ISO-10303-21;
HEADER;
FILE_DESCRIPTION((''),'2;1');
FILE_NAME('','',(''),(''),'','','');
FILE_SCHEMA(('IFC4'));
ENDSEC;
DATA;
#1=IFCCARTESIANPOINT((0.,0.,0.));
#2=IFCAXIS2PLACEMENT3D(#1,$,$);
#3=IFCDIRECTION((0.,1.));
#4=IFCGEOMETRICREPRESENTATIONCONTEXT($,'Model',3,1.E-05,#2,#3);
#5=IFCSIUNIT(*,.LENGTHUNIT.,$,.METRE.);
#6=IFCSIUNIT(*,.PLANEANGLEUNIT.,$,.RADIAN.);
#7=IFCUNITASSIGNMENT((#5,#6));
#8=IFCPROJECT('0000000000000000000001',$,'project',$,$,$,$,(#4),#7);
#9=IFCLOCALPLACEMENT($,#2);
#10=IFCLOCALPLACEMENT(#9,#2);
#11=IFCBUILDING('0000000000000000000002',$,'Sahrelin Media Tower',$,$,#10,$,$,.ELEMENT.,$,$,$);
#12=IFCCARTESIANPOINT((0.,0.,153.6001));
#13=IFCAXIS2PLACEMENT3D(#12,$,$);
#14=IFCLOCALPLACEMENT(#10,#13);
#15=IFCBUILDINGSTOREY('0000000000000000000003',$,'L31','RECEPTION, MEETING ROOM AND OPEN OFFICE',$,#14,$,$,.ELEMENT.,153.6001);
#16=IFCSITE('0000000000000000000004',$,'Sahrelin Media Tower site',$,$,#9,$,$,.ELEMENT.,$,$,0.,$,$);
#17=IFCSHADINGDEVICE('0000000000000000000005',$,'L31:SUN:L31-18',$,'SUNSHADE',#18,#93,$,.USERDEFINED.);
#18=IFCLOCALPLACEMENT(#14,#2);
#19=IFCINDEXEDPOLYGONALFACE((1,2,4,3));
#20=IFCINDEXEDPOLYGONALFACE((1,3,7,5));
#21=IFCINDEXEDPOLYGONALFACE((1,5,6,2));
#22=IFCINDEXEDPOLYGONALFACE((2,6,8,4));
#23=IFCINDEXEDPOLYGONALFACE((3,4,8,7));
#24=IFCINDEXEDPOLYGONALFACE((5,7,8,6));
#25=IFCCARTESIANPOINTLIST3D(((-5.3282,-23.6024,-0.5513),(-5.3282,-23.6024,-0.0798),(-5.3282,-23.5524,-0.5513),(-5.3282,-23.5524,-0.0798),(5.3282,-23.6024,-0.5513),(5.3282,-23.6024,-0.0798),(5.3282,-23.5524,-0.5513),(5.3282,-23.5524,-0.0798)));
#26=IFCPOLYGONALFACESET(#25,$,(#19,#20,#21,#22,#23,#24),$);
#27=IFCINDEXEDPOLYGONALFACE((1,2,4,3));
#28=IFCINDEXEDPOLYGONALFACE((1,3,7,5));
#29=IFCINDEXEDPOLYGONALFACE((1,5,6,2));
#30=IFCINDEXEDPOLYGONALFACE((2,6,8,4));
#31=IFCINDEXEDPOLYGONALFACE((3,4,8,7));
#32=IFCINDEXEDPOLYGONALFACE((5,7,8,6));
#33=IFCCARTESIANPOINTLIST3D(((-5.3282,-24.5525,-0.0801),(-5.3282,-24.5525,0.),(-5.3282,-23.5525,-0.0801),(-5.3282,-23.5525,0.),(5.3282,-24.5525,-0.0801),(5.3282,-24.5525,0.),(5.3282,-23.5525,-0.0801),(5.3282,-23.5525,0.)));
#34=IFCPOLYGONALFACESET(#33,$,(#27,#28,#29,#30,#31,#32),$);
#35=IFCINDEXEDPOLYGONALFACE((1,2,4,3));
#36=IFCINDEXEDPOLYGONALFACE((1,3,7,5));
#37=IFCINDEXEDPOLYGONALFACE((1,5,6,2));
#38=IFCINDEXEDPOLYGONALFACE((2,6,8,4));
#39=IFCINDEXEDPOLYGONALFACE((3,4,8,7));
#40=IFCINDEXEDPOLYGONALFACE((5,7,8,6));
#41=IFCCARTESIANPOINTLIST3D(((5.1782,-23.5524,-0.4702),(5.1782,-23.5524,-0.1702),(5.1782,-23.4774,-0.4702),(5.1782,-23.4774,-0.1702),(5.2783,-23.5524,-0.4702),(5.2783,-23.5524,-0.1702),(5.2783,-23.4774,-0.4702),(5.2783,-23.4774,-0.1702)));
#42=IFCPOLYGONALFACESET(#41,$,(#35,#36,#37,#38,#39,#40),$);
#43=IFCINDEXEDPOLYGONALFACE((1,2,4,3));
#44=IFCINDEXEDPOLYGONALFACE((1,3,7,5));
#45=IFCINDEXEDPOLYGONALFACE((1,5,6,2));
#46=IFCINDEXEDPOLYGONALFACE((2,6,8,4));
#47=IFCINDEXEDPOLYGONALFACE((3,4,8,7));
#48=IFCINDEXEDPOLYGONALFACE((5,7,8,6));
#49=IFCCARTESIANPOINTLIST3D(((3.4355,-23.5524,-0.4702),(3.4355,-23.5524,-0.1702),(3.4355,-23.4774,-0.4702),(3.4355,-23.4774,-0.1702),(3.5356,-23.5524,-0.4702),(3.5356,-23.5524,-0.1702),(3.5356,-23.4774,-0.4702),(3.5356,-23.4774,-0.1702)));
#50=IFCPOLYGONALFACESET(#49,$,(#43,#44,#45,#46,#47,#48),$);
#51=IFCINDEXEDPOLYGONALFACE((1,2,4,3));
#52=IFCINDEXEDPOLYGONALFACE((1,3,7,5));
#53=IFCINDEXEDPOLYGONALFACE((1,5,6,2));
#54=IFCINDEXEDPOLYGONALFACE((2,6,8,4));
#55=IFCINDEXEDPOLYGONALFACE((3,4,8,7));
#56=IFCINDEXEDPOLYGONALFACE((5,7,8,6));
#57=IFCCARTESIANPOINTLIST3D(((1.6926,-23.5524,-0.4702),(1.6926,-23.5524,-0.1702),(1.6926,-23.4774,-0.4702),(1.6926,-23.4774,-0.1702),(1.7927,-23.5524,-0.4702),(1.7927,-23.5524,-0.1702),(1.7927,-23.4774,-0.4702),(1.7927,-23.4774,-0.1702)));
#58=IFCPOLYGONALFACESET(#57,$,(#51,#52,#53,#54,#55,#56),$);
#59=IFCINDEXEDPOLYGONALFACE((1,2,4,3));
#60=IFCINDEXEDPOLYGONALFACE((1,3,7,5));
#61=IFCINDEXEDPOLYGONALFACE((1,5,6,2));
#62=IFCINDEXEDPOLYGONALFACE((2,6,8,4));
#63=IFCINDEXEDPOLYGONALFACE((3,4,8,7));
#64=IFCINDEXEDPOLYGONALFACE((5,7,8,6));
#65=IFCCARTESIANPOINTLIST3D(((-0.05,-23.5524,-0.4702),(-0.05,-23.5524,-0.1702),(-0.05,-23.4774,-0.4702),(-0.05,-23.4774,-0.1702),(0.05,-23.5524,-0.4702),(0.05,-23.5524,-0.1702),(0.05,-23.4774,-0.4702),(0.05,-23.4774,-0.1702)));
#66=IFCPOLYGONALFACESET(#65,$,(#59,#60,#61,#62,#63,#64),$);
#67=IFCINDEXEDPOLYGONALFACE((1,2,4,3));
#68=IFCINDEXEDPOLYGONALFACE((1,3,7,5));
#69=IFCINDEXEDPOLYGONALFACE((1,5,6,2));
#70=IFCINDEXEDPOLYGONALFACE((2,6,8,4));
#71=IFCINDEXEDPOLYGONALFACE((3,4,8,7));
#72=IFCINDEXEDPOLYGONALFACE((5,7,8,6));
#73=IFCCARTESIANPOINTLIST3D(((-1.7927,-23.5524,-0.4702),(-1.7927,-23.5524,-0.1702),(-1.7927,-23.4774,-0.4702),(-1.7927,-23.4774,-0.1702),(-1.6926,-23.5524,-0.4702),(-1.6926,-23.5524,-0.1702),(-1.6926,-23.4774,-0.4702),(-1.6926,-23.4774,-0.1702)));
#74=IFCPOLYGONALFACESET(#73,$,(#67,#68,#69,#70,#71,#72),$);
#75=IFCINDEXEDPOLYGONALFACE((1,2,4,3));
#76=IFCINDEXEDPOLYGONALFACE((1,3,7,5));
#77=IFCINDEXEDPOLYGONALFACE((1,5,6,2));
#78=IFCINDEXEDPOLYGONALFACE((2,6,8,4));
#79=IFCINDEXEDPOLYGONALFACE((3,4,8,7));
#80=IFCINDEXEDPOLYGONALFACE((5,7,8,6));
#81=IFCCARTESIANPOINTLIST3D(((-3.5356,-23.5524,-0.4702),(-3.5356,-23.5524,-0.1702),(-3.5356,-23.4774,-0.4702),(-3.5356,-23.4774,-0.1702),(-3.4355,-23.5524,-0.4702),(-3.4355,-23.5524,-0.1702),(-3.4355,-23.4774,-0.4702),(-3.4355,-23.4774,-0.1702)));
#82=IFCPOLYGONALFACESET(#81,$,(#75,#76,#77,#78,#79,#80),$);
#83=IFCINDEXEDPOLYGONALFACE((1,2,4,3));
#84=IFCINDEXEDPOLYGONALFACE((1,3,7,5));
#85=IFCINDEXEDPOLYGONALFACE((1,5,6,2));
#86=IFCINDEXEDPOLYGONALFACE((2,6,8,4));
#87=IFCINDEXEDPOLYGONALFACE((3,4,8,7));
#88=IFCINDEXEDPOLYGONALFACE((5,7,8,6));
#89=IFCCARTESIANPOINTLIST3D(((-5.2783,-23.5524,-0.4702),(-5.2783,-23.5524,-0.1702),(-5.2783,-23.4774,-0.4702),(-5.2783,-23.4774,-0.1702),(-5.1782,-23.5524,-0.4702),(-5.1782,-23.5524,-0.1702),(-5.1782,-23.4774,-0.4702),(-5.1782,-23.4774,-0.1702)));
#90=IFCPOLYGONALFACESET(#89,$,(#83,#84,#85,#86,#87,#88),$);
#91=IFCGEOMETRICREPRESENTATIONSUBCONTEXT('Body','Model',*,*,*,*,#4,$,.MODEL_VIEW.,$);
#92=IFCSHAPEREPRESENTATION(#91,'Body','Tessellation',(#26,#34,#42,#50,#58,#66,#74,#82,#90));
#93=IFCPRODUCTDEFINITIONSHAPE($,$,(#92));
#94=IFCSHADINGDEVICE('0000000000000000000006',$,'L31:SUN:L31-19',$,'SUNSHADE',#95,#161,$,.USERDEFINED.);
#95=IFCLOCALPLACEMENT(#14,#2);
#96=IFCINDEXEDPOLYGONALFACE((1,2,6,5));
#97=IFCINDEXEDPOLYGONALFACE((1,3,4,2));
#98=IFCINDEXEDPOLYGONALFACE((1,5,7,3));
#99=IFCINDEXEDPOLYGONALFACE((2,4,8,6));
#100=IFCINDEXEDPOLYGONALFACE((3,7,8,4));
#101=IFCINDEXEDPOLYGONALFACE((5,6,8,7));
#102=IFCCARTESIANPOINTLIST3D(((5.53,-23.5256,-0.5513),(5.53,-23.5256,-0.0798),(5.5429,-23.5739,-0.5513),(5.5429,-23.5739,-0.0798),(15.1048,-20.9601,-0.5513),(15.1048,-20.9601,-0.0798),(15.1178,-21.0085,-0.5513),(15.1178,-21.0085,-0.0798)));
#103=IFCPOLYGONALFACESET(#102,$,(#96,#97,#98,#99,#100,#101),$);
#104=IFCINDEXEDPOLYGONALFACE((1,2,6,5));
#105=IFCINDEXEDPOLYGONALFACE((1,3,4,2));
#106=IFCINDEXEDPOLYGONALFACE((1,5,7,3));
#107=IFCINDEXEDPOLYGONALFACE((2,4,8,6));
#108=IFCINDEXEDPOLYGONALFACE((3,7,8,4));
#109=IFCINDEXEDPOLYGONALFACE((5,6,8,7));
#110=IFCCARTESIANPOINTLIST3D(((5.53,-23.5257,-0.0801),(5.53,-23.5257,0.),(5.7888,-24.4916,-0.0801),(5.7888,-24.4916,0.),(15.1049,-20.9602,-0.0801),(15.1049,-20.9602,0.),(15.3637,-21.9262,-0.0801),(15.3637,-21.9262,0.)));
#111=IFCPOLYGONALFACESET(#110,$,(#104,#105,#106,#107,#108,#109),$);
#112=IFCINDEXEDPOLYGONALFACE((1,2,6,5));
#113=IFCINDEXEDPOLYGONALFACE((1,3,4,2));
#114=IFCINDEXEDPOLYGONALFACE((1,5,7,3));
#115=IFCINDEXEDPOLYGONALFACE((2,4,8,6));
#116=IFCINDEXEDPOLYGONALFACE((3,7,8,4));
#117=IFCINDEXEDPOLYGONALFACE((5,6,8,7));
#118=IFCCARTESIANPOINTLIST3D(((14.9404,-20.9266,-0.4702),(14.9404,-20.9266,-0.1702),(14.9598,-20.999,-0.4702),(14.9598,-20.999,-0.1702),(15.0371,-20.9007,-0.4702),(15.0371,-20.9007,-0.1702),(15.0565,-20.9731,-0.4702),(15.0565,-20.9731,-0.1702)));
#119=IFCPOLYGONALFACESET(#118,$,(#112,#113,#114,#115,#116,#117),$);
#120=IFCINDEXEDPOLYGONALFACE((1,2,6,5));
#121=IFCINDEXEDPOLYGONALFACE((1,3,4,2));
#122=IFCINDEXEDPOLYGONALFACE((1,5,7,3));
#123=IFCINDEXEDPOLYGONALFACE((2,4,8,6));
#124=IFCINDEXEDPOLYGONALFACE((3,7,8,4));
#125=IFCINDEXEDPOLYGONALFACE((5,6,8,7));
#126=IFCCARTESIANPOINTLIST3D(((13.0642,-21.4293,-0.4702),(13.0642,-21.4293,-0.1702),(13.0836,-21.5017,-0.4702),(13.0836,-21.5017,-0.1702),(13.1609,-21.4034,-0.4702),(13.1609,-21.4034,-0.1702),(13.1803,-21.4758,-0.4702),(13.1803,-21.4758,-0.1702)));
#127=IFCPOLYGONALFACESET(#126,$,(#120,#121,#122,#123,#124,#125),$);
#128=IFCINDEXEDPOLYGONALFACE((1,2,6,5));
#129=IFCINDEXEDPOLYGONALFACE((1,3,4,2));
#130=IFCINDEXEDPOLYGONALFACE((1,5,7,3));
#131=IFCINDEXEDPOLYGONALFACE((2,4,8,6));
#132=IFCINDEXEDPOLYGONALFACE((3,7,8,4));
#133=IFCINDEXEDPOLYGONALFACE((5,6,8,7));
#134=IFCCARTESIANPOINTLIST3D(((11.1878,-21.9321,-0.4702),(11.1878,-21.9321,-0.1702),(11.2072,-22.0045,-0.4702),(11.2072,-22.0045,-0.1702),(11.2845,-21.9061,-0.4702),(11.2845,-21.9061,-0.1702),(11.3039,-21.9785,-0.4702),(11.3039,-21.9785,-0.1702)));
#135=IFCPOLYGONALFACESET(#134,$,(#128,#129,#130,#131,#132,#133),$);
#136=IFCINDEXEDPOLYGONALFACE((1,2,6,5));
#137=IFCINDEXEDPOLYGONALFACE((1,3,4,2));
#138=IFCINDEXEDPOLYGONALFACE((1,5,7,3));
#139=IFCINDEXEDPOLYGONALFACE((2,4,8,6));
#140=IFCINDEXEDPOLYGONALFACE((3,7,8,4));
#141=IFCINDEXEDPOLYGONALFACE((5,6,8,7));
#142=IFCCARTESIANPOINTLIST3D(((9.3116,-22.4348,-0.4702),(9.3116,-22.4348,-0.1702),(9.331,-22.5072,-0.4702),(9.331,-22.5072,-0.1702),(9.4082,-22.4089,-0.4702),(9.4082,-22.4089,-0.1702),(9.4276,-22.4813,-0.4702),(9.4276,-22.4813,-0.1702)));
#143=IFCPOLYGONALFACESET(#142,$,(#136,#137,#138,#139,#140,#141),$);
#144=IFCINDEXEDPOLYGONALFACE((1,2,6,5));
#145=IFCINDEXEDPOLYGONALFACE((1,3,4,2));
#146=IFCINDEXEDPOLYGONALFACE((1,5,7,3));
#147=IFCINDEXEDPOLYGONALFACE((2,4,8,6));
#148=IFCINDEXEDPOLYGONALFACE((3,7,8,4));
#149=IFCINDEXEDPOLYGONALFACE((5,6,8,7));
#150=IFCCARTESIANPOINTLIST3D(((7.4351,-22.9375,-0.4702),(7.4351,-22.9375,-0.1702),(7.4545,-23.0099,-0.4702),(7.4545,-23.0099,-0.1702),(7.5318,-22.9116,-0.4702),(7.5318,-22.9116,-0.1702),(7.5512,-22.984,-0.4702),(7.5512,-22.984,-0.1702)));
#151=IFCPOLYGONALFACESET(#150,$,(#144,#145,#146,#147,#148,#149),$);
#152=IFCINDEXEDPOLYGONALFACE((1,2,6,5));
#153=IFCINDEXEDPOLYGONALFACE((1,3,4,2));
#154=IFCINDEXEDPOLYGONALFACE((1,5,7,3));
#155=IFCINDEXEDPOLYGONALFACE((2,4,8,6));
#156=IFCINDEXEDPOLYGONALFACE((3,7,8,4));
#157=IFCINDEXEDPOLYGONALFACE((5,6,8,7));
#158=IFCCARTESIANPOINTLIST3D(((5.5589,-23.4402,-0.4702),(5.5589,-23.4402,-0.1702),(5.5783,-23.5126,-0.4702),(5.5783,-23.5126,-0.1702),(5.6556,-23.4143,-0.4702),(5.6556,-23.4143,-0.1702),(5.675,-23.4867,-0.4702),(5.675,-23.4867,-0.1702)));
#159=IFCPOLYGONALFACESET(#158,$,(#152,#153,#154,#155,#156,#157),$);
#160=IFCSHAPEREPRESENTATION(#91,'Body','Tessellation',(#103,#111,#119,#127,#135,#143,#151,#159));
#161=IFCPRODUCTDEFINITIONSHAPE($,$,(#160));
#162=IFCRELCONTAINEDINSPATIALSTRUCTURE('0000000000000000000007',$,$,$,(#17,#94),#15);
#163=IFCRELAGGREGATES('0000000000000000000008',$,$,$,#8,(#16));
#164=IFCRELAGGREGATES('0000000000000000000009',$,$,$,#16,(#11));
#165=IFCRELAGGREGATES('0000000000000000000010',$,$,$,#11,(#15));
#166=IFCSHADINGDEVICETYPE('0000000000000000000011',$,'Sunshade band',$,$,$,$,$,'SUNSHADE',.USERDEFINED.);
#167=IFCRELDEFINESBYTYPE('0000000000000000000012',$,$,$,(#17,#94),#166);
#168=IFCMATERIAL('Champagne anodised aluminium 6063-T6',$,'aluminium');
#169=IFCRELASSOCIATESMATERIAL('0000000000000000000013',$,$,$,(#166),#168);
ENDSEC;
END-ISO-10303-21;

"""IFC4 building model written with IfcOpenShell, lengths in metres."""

from ifc_helpers import new_model, si_unit, direction, frame, origin, origin_2d, place, context, subcontext, project, spatial, rectangle, extrude, material, type_object, element, save


model = new_model("IFC4")

# Units and contexts
model_context = context("Model", 3, precision=1e-05, world=origin(), true_north=direction((0.0, 1.0)))
body_context = subcontext(model_context, "Body", "Model", "MODEL_VIEW")
ifc_project = project(units=[si_unit("LENGTHUNIT", "METRE"), si_unit("PLANEANGLEUNIT", "RADIAN")], contexts=[model_context])

# Site, building, storey
site_placement = place(None, origin())
site = spatial("IfcSite", under=ifc_project, at=site_placement, Name="Sahrelin Media Tower site", CompositionType="ELEMENT", RefElevation=0.0)
building_placement = place(site_placement, origin())
building = spatial("IfcBuilding", under=site, at=building_placement, Name="Sahrelin Media Tower", CompositionType="ELEMENT")
storey_placement = place(building_placement, frame((0.0, 0.0, 153.6001)))
storey = spatial("IfcBuildingStorey", under=building, at=storey_placement, Name="L31", Description="RECEPTION, MEETING ROOM AND OPEN OFFICE", CompositionType="ELEMENT", Elevation=153.6001)

# Shared definitions
ifc_material_1 = material(Name="Champagne anodised aluminium 6063-T6", Category="aluminium")

# Shading devices
placement_1 = place(storey_placement, frame((0.0, -23.5325, 0.0), z_axis=(0.0, 0.0, 1.0), x_axis=(-1.0, 0.0, 0.0)))
placement_2 = place(storey_placement, frame((10.3123, -22.2236, 0.0), z_axis=(0.0, 0.0, 1.0), x_axis=(-0.965929, -0.258808, 0.0)))
shading_device_type_1 = type_object("IfcShadingDeviceType", Name="Sunshade band", ElementType="SUNSHADE", PredefinedType="USERDEFINED", material=ifc_material_1)
element("IfcShadingDevice", 1, at=placement_1, inside=storey, type_object=shading_device_type_1, Name="L31:SUN:L31-18", ObjectType="SUNSHADE", PredefinedType="USERDEFINED", context=body_context, shape_type="SweptSolid", body=[
    extrude(rectangle(XDim=10.6565, YDim=0.05, at=origin_2d()), frame((0.0, 0.0449, -0.5513)), (0.0, 0.0, 1.0), 0.4714),
    extrude(rectangle(XDim=10.6565, YDim=1.0, at=origin_2d()), frame((0.0, 0.52, -0.0801)), (0.0, 0.0, 1.0), 0.0801),
    extrude(rectangle(XDim=0.1001, YDim=0.075, at=origin_2d()), frame((-5.2283, -0.0176, -0.4702)), (0.0, 0.0, 1.0), 0.3),
    extrude(rectangle(XDim=0.1001, YDim=0.075, at=origin_2d()), frame((-3.4856, -0.0176, -0.4702)), (0.0, 0.0, 1.0), 0.3),
    extrude(rectangle(XDim=0.1001, YDim=0.075, at=origin_2d()), frame((-1.7427, -0.0176, -0.4702)), (0.0, 0.0, 1.0), 0.3),
    extrude(rectangle(XDim=0.1001, YDim=0.075, at=origin_2d()), frame((0.0, -0.0176, -0.4702)), (0.0, 0.0, 1.0), 0.3),
    extrude(rectangle(XDim=0.1001, YDim=0.075, at=origin_2d()), frame((1.7427, -0.0176, -0.4702)), (0.0, 0.0, 1.0), 0.3),
    extrude(rectangle(XDim=0.1001, YDim=0.075, at=origin_2d()), frame((3.4856, -0.0176, -0.4702)), (0.0, 0.0, 1.0), 0.3),
    extrude(rectangle(XDim=0.1001, YDim=0.075, at=origin_2d()), frame((5.2283, -0.0176, -0.4702)), (0.0, 0.0, 1.0), 0.3),
])
element("IfcShadingDevice", 2, at=placement_2, inside=storey, type_object=shading_device_type_1, Name="L31:SUN:L31-19", ObjectType="SUNSHADE", PredefinedType="USERDEFINED", context=body_context, shape_type="SweptSolid", body=[
    extrude(rectangle(XDim=9.9126, YDim=0.05, at=origin_2d()), frame((0.0, 0.0449, -0.5513)), (0.0, 0.0, 1.0), 0.4714),
    extrude(rectangle(XDim=9.9126, YDim=1.0, at=origin_2d()), frame((0.0, 0.52, -0.0801)), (0.0, 0.0, 1.0), 0.0801),
    extrude(rectangle(XDim=0.1001, YDim=0.075, at=origin_2d()), frame((-4.8562, -0.0176, -0.4702)), (0.0, 0.0, 1.0), 0.3),
    extrude(rectangle(XDim=0.1001, YDim=0.075, at=origin_2d()), frame((-2.9138, -0.0176, -0.4702)), (0.0, 0.0, 1.0), 0.3),
    extrude(rectangle(XDim=0.1001, YDim=0.075, at=origin_2d()), frame((-0.9712, -0.0176, -0.4702)), (0.0, 0.0, 1.0), 0.3),
    extrude(rectangle(XDim=0.1001, YDim=0.075, at=origin_2d()), frame((0.9712, -0.0176, -0.4702)), (0.0, 0.0, 1.0), 0.3),
    extrude(rectangle(XDim=0.1001, YDim=0.075, at=origin_2d()), frame((2.9138, -0.0176, -0.4702)), (0.0, 0.0, 1.0), 0.3),
    extrude(rectangle(XDim=0.1001, YDim=0.075, at=origin_2d()), frame((4.8562, -0.0176, -0.4702)), (0.0, 0.0, 1.0), 0.3),
])

save(model, "model.ifc")
